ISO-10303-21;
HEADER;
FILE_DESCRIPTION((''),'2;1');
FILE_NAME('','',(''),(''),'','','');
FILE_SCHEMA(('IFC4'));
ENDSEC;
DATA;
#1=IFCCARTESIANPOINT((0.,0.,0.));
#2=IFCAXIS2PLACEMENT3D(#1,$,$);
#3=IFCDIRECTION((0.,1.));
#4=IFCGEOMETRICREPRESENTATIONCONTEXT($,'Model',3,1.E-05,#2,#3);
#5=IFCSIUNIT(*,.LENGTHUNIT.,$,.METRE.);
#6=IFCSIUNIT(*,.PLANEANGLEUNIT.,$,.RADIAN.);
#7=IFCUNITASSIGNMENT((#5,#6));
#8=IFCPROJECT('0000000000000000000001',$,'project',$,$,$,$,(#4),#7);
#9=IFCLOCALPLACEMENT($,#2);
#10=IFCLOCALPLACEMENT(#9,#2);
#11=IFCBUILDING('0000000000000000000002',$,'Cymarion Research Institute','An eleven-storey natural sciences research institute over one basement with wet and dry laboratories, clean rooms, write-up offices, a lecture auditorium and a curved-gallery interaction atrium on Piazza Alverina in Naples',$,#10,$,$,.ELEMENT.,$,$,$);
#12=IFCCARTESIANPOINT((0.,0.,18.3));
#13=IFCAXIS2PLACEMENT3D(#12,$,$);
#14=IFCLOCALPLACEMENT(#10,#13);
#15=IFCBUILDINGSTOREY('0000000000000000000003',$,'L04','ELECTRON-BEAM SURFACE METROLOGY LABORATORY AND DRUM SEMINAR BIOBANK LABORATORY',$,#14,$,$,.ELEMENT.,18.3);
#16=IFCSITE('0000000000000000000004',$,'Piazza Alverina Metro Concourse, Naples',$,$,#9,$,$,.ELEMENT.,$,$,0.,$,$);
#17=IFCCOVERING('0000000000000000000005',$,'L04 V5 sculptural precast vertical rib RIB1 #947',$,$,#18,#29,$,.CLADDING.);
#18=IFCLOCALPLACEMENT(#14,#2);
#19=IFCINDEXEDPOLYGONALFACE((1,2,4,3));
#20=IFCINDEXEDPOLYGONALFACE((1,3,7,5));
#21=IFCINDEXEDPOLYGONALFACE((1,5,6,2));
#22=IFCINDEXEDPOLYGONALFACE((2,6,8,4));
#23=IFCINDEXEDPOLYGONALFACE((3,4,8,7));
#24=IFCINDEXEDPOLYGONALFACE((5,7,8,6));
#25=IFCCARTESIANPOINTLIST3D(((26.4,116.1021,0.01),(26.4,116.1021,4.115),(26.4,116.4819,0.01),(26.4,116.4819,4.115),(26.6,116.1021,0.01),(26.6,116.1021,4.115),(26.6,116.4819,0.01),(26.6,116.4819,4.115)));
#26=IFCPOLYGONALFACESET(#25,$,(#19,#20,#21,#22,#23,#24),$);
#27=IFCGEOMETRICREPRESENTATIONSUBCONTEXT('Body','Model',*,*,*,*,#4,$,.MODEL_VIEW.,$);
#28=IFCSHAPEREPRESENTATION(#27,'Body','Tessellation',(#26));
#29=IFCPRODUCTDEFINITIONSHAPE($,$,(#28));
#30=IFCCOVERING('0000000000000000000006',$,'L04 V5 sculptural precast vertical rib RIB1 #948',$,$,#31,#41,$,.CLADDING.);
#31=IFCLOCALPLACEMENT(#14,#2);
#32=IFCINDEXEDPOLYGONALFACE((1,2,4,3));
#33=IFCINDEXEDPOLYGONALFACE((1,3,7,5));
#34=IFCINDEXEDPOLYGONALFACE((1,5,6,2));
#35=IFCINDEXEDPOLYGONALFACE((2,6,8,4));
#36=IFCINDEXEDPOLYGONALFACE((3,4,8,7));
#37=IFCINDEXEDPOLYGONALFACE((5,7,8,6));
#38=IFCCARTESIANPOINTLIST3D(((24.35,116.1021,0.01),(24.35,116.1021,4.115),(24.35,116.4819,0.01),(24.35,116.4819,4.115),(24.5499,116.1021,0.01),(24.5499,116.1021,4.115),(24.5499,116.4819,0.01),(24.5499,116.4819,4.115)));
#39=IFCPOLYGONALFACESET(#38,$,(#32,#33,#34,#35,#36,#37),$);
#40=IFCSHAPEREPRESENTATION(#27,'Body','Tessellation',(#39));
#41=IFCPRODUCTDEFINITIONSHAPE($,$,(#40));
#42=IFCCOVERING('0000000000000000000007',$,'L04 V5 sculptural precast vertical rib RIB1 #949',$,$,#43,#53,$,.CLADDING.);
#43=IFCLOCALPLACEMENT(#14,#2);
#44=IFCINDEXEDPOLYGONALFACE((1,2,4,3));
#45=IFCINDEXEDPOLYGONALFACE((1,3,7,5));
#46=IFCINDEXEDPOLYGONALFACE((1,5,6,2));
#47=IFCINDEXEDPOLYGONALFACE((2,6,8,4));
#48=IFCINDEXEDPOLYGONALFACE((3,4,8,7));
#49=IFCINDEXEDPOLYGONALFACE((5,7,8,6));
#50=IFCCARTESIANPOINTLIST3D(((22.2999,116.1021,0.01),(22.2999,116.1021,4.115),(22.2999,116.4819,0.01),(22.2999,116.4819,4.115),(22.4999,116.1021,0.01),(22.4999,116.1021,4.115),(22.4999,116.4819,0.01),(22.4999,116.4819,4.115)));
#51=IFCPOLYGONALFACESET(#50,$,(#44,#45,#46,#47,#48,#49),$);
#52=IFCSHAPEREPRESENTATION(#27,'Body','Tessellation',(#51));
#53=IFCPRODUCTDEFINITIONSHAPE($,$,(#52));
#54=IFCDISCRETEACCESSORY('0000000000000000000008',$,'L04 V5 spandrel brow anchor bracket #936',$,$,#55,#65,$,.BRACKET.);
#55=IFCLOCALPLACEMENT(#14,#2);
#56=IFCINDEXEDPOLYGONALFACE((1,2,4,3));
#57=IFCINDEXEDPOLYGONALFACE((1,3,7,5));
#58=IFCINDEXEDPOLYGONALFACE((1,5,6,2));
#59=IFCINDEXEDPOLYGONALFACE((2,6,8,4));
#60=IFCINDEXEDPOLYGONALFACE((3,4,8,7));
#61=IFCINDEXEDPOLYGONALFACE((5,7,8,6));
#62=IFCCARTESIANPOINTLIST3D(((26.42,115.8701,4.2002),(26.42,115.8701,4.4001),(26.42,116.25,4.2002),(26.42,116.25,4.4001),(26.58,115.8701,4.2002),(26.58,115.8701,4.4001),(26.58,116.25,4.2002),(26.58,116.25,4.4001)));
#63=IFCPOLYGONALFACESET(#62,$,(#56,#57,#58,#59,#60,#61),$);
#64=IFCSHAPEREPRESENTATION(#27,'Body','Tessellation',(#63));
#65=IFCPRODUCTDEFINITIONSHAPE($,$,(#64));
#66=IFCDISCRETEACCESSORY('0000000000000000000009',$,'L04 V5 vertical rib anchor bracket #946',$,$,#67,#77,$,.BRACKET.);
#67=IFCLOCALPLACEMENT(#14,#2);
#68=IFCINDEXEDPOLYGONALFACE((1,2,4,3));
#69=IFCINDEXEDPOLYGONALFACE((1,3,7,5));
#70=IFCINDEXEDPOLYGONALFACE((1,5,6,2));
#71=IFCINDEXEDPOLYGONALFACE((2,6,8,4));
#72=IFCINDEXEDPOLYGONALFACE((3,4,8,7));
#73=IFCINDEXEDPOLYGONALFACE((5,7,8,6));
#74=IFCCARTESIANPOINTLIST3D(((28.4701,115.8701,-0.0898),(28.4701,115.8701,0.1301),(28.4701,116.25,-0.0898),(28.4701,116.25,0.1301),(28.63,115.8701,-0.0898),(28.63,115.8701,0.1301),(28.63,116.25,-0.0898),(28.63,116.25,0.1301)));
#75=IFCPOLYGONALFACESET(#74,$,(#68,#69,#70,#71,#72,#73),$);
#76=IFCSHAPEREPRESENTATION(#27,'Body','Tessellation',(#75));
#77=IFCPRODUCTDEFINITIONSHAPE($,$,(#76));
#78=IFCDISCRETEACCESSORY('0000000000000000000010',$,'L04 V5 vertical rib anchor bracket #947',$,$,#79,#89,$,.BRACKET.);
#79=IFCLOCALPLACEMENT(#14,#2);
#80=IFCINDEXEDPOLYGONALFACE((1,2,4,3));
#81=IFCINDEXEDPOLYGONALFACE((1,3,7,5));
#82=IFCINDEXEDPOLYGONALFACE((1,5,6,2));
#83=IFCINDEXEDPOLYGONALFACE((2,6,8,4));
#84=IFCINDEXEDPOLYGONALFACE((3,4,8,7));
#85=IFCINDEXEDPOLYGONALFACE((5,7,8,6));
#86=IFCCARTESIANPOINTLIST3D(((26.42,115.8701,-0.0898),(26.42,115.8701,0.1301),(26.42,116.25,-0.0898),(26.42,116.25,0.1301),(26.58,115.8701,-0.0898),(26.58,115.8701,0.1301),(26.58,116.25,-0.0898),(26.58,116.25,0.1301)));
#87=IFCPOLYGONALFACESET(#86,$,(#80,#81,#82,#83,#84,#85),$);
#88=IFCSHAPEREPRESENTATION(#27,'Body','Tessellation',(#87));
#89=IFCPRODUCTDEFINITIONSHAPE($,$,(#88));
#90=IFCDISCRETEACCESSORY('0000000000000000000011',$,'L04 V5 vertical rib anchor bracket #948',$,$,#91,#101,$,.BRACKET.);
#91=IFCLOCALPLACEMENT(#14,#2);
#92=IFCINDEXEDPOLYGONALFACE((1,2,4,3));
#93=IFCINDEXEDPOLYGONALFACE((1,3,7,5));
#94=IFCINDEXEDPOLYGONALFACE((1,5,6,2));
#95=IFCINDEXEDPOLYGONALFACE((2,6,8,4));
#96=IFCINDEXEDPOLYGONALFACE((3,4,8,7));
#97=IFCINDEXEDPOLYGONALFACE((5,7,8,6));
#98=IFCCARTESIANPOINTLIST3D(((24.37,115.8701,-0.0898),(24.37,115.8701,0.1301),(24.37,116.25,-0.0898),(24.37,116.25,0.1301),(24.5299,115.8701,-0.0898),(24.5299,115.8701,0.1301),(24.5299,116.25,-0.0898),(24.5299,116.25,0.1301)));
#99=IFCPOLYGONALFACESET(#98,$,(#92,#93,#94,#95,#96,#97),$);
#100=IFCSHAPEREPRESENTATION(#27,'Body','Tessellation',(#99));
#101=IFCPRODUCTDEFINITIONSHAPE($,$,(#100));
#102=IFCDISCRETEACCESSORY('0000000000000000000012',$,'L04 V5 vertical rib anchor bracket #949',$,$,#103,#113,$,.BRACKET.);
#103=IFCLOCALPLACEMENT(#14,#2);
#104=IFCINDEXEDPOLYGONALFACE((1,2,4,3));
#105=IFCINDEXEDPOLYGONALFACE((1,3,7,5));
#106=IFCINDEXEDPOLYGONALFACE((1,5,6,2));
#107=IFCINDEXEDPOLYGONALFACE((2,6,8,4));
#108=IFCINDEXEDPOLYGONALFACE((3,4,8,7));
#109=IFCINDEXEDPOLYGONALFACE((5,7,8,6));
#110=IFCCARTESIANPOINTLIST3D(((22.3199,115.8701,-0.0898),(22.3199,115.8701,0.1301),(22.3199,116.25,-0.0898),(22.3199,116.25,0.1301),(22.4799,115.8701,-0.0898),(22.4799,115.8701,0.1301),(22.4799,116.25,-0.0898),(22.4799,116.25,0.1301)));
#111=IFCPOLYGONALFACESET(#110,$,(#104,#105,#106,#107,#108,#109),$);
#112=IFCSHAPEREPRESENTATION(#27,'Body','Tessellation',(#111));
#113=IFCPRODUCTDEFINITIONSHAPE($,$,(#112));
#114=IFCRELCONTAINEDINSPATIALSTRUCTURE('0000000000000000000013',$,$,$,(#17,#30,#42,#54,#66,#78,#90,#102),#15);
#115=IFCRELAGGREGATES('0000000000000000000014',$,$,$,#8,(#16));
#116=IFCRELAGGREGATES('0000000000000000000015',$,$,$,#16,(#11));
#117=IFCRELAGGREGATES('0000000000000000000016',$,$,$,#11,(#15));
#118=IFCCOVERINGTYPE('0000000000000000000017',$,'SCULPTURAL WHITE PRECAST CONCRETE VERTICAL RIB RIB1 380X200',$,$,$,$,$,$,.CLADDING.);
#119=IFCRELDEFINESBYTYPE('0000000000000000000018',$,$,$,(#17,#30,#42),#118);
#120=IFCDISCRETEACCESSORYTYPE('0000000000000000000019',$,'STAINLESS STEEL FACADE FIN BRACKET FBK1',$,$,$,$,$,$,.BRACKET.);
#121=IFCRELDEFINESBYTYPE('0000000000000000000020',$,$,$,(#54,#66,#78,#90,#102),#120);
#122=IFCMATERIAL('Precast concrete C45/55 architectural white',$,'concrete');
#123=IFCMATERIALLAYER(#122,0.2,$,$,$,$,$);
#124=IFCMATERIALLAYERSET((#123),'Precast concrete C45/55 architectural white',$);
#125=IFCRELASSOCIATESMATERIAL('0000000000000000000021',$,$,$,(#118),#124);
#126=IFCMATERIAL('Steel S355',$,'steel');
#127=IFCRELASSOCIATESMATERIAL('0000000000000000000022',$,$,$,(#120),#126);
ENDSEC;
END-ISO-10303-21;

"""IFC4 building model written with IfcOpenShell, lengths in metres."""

from ifc_helpers import new_model, si_unit, direction, frame, origin, origin_2d, place, context, subcontext, project, spatial, rectangle, extrude, material, layer, layer_set, type_object, element, save


model = new_model("IFC4")

# Units and contexts
model_context = context("Model", 3, precision=1e-05, world=origin(), true_north=direction((0.0, 1.0)))
body_context = subcontext(model_context, "Body", "Model", "MODEL_VIEW")
ifc_project = project(units=[si_unit("LENGTHUNIT", "METRE"), si_unit("PLANEANGLEUNIT", "RADIAN")], contexts=[model_context])

# Site, building, storey
site_placement = place(None, origin())
site = spatial("IfcSite", under=ifc_project, at=site_placement, Name="Piazza Alverina Metro Concourse, Naples", CompositionType="ELEMENT", RefElevation=0.0)
building_placement = place(site_placement, origin())
building = spatial("IfcBuilding", under=site, at=building_placement, Name="Cymarion Research Institute", Description="An eleven-storey natural sciences research institute over one basement with wet and dry laboratories, clean rooms, write-up offices, a lecture auditorium and a curved-gallery interaction atrium on Piazza Alverina in Naples", CompositionType="ELEMENT")
storey_placement = place(building_placement, frame((0.0, 0.0, 18.3)))
storey = spatial("IfcBuildingStorey", under=building, at=storey_placement, Name="L04", Description="ELECTRON-BEAM SURFACE METROLOGY LABORATORY AND DRUM SEMINAR BIOBANK LABORATORY", CompositionType="ELEMENT", Elevation=18.3)

# Coverings
ifc_material_1 = material(Name="Precast concrete C45/55 architectural white", Category="concrete")
ifc_layer_1 = layer(ifc_material_1, 0.2)
ifc_layer_set_1 = layer_set([ifc_layer_1], Name="Precast concrete C45/55 architectural white")
covering_type_1 = type_object("IfcCoveringType", Name="SCULPTURAL WHITE PRECAST CONCRETE VERTICAL RIB RIB1 380X200", PredefinedType="CLADDING", material=ifc_layer_set_1)
for number, where, z_axis, x_axis, name in (
    (1, (26.5, 116.292, 0.01), (0.0, 0.0, 1.0), (0.0, 1.0, 0.0), "L04 V5 sculptural precast vertical rib RIB1 #947"),
    (2, (24.45, 116.292, 0.01), (0.0, 0.0, 1.0), (0.0, 1.0, 0.0), "L04 V5 sculptural precast vertical rib RIB1 #948"),
    (3, (22.3999, 116.292, 0.01), (0.0, 0.0, 1.0), (0.0, 1.0, 0.0), "L04 V5 sculptural precast vertical rib RIB1 #949"),
):
    element("IfcCovering", number, at=place(storey_placement, frame(where, z_axis=z_axis, x_axis=x_axis)), inside=storey, type_object=covering_type_1, Name=name, PredefinedType="CLADDING", context=body_context, shape_type="SweptSolid", body=[
        extrude(rectangle(XDim=0.3799, YDim=0.2, at=origin_2d()), origin(), (0.0, 0.0, 1.0), 4.105),
    ])

# Discrete accessories
ifc_material_2 = material(Name="Steel S355", Category="steel")
discrete_accessory_type = type_object("IfcDiscreteAccessoryType", Name="STAINLESS STEEL FACADE FIN BRACKET FBK1", PredefinedType="BRACKET", material=ifc_material_2)
discrete_accessory_placement = place(storey_placement, frame((26.5, 116.0601, 4.2002), z_axis=(0.0, 0.0, 1.0), x_axis=(0.0, 1.0, 0.0)))
element("IfcDiscreteAccessory", 4, at=discrete_accessory_placement, inside=storey, type_object=discrete_accessory_type, Name="L04 V5 spandrel brow anchor bracket #936", PredefinedType="BRACKET", context=body_context, shape_type="SweptSolid", body=[
    extrude(rectangle(XDim=0.3799, YDim=0.1599, at=origin_2d()), origin(), (0.0, 0.0, 1.0), 0.2),
])
for number, where, z_axis, x_axis, name in (
    (5, (28.55, 116.0601, -0.0898), (0.0, 0.0, 1.0), (0.0, 1.0, 0.0), "L04 V5 vertical rib anchor bracket #946"),
    (6, (26.5, 116.0601, -0.0898), (0.0, 0.0, 1.0), (0.0, 1.0, 0.0), "L04 V5 vertical rib anchor bracket #947"),
    (7, (24.45, 116.0601, -0.0898), (0.0, 0.0, 1.0), (0.0, 1.0, 0.0), "L04 V5 vertical rib anchor bracket #948"),
    (8, (22.3999, 116.0601, -0.0898), (0.0, 0.0, 1.0), (0.0, 1.0, 0.0), "L04 V5 vertical rib anchor bracket #949"),
):
    element("IfcDiscreteAccessory", number, at=place(storey_placement, frame(where, z_axis=z_axis, x_axis=x_axis)), inside=storey, type_object=discrete_accessory_type, Name=name, PredefinedType="BRACKET", context=body_context, shape_type="SweptSolid", body=[
        extrude(rectangle(XDim=0.3799, YDim=0.1599, at=origin_2d()), origin(), (0.0, 0.0, 1.0), 0.22),
    ])

save(model, "model.ifc")
